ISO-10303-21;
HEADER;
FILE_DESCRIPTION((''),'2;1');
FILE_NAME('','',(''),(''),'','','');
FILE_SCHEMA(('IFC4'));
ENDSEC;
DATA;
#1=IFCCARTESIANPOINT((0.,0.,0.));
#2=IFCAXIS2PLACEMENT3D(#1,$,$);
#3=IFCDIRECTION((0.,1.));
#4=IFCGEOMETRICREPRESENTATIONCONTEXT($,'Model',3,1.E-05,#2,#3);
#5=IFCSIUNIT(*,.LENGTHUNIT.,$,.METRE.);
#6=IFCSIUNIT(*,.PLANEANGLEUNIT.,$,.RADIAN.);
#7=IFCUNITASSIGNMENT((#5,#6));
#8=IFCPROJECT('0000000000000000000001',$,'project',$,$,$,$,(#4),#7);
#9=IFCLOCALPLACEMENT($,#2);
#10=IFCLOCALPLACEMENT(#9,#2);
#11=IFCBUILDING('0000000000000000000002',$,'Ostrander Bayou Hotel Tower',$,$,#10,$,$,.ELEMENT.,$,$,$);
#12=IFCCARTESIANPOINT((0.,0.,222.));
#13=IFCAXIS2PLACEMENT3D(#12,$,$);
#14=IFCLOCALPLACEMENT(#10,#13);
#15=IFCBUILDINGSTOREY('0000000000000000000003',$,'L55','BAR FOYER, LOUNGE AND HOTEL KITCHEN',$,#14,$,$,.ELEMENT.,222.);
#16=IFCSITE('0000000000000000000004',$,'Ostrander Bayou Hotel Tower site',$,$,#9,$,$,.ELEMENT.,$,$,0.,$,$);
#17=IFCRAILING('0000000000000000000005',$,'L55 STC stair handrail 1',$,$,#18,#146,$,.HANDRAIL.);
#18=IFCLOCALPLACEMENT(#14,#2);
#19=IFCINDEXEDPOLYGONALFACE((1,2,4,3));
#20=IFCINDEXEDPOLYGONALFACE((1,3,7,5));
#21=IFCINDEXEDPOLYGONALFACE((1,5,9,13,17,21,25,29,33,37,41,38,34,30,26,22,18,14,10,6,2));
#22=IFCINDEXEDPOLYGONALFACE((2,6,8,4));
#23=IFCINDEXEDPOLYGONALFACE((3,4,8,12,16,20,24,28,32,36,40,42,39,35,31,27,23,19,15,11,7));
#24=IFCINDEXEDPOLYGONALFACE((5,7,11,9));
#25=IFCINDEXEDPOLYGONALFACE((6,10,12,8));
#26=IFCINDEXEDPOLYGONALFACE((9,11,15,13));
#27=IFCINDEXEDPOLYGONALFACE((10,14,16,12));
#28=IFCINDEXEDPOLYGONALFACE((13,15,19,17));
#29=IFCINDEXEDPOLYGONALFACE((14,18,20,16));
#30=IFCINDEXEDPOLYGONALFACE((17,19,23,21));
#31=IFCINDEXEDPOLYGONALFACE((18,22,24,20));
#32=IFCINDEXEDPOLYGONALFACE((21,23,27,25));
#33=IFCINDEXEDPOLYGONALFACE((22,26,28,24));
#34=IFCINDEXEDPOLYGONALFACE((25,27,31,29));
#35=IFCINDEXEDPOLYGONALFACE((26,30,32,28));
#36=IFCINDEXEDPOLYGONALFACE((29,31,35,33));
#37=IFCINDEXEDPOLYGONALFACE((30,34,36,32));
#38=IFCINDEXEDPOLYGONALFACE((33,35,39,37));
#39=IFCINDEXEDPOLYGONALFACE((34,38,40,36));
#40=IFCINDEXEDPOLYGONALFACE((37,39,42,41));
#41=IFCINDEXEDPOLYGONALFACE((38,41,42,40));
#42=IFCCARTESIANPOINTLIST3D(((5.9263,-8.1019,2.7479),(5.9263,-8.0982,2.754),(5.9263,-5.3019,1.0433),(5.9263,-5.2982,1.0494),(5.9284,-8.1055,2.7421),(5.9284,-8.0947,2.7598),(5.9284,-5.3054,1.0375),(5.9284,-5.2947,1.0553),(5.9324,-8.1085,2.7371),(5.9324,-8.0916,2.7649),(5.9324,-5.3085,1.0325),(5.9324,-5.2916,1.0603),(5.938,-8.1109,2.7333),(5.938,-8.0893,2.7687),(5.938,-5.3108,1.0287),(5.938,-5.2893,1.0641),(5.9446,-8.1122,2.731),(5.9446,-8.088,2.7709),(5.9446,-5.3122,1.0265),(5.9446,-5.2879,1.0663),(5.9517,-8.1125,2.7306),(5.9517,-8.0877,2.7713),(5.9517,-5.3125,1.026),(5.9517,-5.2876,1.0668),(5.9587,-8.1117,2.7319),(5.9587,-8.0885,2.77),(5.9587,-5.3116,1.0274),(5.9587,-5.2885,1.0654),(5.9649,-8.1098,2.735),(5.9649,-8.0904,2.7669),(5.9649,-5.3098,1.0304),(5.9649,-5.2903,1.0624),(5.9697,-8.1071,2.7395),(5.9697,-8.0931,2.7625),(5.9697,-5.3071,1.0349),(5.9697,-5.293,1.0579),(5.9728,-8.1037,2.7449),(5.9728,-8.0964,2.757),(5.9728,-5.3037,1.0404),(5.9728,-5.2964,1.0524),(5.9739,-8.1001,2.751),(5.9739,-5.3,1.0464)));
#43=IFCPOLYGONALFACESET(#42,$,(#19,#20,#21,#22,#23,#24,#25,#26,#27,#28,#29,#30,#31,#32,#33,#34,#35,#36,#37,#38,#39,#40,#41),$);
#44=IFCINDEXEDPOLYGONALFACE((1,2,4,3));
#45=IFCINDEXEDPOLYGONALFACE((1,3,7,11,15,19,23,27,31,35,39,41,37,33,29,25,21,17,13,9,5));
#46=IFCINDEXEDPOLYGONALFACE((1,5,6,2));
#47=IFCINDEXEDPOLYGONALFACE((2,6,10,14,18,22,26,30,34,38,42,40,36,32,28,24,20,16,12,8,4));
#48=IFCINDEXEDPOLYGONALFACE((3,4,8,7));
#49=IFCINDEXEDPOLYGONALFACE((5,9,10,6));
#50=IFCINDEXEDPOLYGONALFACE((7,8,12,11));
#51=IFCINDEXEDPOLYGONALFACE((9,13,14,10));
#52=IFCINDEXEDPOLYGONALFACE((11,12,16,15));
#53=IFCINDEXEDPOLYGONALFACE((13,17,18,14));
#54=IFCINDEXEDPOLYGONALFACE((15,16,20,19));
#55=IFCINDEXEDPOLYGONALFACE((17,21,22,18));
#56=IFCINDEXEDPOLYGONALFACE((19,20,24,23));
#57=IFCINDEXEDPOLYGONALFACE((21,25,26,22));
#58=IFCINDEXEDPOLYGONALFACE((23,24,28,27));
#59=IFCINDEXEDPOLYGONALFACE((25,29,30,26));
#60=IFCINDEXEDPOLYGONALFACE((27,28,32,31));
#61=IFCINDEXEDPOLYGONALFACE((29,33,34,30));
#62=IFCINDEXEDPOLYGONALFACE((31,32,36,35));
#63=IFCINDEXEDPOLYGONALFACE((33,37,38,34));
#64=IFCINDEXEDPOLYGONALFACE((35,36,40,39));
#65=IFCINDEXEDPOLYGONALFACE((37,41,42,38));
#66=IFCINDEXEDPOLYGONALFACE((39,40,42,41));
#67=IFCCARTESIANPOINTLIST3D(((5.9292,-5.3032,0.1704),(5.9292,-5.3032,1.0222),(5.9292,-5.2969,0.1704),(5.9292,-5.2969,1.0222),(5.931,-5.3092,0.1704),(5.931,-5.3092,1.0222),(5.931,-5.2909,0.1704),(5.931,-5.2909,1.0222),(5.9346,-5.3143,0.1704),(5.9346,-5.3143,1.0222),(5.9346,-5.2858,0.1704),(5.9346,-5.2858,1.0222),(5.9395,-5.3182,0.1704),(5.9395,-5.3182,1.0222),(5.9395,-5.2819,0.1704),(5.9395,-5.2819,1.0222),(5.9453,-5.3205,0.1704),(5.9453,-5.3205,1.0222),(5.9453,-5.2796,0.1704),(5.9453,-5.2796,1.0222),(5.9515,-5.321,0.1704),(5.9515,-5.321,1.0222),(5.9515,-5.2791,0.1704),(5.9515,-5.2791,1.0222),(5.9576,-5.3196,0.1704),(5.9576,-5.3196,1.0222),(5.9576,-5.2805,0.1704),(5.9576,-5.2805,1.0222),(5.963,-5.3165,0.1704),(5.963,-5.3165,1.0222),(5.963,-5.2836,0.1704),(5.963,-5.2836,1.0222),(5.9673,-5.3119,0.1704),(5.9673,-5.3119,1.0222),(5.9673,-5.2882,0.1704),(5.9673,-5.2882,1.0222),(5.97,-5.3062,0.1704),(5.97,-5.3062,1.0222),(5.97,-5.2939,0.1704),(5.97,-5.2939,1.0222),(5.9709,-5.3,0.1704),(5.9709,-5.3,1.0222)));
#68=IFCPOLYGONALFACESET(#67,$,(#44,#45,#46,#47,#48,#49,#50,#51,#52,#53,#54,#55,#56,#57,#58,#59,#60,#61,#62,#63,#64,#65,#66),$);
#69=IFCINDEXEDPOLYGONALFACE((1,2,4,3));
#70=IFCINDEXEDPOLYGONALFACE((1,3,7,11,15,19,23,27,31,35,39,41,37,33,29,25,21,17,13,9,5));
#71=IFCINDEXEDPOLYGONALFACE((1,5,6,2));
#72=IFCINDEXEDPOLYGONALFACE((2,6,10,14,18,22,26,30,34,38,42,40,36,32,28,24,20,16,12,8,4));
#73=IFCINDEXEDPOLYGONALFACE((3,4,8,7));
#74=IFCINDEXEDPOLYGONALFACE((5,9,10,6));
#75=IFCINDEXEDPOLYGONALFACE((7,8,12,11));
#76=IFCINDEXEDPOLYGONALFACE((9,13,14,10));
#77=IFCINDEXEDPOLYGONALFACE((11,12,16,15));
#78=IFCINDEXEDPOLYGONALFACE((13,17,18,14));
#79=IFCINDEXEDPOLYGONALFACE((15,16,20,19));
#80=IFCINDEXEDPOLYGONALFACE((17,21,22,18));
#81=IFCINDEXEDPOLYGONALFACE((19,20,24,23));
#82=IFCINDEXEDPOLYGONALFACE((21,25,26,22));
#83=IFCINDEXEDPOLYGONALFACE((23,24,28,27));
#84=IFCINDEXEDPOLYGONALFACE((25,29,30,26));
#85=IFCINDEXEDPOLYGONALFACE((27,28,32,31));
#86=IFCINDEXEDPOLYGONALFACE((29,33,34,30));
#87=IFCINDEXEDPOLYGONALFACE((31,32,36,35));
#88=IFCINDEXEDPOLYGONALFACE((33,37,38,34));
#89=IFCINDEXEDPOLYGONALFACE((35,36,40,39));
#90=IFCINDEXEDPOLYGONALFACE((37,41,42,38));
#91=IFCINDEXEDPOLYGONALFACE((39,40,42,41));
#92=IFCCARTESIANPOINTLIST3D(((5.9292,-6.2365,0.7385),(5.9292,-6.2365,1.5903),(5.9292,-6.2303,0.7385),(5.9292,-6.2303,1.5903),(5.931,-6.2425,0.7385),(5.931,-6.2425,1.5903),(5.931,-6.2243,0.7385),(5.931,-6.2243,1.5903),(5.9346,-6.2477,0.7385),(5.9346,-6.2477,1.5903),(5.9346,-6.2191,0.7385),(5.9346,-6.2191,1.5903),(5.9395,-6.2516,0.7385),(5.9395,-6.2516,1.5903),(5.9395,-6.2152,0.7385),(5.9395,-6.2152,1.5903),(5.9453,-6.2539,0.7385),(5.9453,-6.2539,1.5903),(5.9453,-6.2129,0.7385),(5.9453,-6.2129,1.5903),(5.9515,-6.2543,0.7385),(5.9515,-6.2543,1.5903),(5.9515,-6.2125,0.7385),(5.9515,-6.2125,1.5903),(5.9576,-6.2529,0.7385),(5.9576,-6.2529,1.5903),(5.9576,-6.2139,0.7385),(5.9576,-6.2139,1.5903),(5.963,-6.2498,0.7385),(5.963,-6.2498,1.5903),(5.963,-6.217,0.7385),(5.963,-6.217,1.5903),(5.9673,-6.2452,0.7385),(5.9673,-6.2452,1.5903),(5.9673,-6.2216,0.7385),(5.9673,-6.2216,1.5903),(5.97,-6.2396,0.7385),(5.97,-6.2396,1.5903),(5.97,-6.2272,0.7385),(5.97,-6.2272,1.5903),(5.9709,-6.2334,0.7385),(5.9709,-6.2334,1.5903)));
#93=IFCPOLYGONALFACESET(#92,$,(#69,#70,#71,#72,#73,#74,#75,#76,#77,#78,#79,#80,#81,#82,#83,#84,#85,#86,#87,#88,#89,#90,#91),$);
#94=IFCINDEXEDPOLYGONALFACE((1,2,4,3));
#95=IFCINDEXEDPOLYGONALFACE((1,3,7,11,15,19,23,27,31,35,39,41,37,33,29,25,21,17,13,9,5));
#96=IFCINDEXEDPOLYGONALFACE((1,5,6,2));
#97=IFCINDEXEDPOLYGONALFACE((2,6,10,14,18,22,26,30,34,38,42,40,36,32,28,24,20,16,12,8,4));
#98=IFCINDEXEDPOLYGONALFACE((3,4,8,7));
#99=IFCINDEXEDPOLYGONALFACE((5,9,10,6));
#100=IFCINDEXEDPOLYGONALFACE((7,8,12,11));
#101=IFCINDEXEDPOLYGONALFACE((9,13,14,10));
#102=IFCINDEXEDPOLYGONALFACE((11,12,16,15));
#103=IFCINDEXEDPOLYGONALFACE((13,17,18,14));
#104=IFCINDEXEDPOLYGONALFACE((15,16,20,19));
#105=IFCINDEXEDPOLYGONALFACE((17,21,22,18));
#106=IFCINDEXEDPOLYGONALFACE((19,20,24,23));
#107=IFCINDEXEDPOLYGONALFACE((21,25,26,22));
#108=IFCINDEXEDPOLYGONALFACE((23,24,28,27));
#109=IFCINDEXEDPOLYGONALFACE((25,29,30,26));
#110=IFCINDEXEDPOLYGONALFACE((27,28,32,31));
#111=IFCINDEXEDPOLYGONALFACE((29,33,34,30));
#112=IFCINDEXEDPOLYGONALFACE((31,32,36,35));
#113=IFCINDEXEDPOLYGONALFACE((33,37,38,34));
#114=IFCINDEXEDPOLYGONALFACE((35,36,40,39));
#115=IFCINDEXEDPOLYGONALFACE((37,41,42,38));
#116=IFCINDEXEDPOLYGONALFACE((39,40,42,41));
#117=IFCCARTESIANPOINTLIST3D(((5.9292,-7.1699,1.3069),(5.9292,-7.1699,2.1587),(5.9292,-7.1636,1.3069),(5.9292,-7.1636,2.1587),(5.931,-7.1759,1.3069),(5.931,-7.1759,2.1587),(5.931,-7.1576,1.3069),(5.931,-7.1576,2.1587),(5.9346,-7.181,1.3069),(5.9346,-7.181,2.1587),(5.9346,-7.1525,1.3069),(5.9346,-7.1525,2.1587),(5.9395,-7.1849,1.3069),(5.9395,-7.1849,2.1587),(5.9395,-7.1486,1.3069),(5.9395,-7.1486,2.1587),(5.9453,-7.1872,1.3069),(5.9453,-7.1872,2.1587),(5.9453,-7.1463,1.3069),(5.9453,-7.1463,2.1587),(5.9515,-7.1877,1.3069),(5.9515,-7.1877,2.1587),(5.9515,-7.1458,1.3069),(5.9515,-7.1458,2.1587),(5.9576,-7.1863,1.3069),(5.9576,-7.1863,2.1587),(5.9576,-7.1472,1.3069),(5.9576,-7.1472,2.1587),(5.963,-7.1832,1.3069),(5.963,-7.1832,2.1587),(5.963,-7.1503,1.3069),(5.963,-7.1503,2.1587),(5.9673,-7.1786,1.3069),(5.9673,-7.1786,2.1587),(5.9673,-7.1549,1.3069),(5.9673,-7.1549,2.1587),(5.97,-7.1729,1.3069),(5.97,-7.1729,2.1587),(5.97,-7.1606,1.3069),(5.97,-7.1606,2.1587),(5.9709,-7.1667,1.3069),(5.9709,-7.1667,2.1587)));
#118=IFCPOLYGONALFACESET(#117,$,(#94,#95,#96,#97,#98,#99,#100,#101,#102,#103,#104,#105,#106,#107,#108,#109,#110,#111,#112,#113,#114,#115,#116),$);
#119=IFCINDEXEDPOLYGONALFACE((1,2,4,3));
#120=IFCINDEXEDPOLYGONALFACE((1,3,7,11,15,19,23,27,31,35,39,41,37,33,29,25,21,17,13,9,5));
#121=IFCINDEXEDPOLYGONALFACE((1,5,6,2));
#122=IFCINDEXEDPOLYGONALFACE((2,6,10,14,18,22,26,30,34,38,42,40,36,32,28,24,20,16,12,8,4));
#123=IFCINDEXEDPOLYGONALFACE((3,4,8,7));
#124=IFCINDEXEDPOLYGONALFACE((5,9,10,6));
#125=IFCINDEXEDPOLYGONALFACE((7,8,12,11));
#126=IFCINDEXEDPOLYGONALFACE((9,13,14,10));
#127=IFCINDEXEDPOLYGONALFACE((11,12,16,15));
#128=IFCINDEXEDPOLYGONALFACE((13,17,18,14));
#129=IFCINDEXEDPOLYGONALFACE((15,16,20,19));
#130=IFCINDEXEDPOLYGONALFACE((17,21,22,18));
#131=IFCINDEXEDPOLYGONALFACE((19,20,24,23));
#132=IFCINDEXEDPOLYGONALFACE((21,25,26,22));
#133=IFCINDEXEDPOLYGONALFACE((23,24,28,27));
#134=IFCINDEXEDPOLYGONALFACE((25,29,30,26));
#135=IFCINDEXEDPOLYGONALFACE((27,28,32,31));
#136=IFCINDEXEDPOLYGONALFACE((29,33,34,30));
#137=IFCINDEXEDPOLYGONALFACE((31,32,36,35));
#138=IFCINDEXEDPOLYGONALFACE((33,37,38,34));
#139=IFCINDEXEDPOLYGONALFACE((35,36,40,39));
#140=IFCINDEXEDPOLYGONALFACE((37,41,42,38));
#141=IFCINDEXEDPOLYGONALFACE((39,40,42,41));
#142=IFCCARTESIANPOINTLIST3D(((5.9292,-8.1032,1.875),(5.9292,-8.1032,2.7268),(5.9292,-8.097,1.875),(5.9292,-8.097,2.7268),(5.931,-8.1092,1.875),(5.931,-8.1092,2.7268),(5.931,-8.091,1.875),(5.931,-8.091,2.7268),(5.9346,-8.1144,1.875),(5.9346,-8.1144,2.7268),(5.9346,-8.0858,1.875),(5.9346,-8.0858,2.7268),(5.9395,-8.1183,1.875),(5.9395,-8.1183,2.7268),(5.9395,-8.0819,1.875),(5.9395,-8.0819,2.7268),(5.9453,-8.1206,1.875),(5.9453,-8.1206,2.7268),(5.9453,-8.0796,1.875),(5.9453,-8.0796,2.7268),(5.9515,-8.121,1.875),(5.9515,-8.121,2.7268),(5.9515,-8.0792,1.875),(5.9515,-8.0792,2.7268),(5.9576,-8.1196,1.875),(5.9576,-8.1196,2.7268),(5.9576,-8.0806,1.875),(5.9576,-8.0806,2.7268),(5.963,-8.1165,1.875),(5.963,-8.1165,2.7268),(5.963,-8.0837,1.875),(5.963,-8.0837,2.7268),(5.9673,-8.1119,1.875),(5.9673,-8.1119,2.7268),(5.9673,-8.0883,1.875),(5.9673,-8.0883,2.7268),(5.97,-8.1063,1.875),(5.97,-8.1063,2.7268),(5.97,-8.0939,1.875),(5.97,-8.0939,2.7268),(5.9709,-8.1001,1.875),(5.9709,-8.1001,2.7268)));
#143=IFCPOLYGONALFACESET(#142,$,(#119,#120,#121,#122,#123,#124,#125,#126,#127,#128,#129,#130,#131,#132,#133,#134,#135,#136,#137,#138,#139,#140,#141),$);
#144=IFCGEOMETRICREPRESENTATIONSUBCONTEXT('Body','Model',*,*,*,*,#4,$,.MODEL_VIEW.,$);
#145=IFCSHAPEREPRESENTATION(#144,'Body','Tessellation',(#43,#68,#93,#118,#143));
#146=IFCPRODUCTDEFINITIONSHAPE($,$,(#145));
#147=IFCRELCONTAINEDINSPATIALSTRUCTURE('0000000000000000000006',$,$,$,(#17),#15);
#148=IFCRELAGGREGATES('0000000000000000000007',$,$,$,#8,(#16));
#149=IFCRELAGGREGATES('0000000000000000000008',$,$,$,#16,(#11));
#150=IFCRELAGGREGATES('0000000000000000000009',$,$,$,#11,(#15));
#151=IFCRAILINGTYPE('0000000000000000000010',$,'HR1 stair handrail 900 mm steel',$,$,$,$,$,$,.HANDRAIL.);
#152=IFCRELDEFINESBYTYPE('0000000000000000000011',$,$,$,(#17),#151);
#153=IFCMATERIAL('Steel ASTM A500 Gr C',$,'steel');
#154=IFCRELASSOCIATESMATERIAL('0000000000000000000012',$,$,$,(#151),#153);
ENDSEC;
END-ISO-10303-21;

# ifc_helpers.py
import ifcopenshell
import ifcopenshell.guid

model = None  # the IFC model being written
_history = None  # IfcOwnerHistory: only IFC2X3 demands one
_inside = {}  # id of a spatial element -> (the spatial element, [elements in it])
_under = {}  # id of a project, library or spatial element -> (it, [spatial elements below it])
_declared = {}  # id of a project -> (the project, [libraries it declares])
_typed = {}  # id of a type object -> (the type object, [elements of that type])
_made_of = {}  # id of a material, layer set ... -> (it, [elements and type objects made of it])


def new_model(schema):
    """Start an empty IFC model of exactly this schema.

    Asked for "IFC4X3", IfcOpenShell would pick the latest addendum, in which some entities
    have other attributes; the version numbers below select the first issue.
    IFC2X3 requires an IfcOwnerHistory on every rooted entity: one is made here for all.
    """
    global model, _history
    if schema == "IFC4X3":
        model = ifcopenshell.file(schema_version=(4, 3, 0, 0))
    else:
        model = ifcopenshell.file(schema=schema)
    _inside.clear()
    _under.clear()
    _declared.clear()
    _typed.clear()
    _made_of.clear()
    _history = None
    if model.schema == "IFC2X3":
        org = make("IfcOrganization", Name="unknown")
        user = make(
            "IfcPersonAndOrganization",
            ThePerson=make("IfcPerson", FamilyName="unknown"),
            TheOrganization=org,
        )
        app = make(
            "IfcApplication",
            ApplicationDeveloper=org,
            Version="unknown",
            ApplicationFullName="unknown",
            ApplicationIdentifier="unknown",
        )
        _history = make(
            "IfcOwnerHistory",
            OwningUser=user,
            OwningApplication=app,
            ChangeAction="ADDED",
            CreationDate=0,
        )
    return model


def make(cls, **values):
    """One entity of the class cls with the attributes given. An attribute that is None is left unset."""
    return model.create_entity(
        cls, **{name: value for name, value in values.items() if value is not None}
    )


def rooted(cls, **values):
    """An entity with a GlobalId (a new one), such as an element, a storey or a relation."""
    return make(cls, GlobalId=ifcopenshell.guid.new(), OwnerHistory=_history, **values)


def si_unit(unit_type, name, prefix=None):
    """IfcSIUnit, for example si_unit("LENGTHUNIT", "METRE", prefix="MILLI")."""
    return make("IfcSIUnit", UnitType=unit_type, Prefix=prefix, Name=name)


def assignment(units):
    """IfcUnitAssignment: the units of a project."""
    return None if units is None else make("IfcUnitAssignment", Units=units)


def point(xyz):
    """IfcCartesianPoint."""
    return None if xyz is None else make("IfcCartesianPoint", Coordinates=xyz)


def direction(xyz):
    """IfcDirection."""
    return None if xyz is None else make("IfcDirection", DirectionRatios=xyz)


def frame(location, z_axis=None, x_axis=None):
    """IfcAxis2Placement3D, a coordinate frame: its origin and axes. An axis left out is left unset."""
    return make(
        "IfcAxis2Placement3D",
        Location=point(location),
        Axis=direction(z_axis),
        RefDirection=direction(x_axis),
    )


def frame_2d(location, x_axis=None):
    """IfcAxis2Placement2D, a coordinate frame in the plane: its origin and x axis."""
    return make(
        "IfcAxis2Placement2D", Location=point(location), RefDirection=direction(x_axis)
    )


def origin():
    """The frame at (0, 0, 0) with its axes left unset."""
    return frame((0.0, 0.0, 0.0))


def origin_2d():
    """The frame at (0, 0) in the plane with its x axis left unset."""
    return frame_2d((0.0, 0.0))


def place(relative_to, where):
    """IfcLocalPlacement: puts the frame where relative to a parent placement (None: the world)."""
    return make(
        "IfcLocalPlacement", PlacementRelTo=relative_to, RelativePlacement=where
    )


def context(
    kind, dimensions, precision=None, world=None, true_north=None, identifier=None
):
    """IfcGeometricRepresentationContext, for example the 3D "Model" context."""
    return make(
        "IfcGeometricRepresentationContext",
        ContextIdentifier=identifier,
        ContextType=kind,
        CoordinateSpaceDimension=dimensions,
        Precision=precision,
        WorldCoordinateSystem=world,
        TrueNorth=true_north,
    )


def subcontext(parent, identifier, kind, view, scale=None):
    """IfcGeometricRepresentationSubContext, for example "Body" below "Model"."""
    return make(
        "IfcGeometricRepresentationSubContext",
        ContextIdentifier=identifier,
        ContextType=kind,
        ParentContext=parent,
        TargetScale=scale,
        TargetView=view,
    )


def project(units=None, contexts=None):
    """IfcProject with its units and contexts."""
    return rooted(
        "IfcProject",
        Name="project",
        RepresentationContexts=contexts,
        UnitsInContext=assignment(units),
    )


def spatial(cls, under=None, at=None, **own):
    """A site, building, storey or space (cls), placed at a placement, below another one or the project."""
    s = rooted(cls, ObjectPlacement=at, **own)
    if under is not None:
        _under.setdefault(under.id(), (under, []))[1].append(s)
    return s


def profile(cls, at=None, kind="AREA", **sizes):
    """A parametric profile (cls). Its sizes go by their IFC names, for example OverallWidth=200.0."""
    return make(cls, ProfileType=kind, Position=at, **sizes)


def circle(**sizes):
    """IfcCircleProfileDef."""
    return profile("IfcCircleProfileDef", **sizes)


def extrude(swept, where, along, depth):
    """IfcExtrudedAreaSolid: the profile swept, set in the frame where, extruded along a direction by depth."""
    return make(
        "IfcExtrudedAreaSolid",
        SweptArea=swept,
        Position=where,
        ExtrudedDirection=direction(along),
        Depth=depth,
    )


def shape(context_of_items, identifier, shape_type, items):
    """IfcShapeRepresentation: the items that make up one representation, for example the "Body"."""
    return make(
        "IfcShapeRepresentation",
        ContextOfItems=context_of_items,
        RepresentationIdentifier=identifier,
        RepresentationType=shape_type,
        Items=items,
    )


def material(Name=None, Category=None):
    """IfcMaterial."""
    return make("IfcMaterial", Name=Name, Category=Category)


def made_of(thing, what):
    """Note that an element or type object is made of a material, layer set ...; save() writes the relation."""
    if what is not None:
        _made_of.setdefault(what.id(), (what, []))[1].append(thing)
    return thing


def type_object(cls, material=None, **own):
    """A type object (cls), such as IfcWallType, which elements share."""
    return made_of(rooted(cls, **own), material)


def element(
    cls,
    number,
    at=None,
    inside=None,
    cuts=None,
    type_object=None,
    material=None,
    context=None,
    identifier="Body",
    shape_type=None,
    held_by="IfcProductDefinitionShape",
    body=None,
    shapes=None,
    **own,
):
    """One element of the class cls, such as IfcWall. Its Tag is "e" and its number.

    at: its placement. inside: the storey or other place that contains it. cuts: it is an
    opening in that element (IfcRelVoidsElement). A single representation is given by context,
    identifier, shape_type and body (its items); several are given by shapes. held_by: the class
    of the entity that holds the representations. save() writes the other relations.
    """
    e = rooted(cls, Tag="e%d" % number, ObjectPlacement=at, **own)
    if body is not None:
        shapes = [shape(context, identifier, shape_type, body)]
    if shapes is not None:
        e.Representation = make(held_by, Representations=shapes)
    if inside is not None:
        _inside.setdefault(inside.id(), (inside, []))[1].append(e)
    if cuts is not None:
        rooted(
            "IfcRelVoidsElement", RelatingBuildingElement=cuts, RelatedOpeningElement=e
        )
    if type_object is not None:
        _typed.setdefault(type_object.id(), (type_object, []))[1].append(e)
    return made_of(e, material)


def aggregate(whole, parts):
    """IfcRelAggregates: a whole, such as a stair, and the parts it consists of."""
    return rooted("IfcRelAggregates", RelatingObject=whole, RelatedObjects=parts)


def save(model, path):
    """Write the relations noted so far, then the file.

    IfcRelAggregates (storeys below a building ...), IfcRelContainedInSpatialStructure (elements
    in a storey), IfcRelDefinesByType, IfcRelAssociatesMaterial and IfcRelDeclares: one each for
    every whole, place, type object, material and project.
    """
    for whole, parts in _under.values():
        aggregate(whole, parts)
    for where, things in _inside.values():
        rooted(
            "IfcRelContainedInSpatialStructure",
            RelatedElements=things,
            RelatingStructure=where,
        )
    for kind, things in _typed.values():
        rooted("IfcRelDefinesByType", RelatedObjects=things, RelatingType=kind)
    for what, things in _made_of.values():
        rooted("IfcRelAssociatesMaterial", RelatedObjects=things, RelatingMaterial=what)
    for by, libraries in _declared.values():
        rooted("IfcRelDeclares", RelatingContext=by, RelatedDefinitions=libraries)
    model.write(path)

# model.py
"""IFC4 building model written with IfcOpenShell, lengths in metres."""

from ifc_helpers import new_model, si_unit, direction, frame, origin, origin_2d, place, context, subcontext, project, spatial, circle, extrude, material, type_object, element, save


model = new_model("IFC4")

# Units and contexts
model_context = context("Model", 3, precision=1e-05, world=origin(), true_north=direction((0.0, 1.0)))
body_context = subcontext(model_context, "Body", "Model", "MODEL_VIEW")
ifc_project = project(units=[si_unit("LENGTHUNIT", "METRE"), si_unit("PLANEANGLEUNIT", "RADIAN")], contexts=[model_context])

# Site, building, storey
site_placement = place(None, origin())
site = spatial("IfcSite", under=ifc_project, at=site_placement, Name="Ostrander Bayou Hotel Tower site", CompositionType="ELEMENT", RefElevation=0.0)
building_placement = place(site_placement, origin())
building = spatial("IfcBuilding", under=site, at=building_placement, Name="Ostrander Bayou Hotel Tower", CompositionType="ELEMENT")
storey_placement = place(building_placement, frame((0.0, 0.0, 222.0)))
storey = spatial("IfcBuildingStorey", under=building, at=storey_placement, Name="L55", Description="BAR FOYER, LOUNGE AND HOTEL KITCHEN", CompositionType="ELEMENT", Elevation=222.0)

# Railing
ifc_material_1 = material(Name="Steel ASTM A500 Gr C", Category="steel")
railing_type_1 = type_object("IfcRailingType", Name="HR1 stair handrail 900 mm steel", PredefinedType="HANDRAIL", material=ifc_material_1)
railing_1_placement = place(storey_placement, frame((5.95, -5.3, 0.1704)))
element("IfcRailing", 1, at=railing_1_placement, inside=storey, type_object=railing_type_1, Name="L55 STC stair handrail 1", PredefinedType="HANDRAIL", context=body_context, shape_type="SweptSolid", body=[
    extrude(circle(Radius=0.0239, at=origin_2d()), frame((0.0, 0.0, 0.876), z_axis=(0.0, -0.85417, 0.519994), x_axis=(1.0, 0.0, 0.0)), (0.0, 0.0, 1.0), 3.2781),
    extrude(circle(Radius=0.021, at=origin_2d()), origin(), (0.0, 0.0, 1.0), 0.8518),
    extrude(circle(Radius=0.021, at=origin_2d()), frame((0.0, -0.9333, 0.5681)), (0.0, 0.0, 1.0), 0.8518),
    extrude(circle(Radius=0.021, at=origin_2d()), frame((0.0, -1.8667, 1.1365)), (0.0, 0.0, 1.0), 0.8518),
    extrude(circle(Radius=0.021, at=origin_2d()), frame((0.0, -2.8, 1.7046)), (0.0, 0.0, 1.0), 0.8518),
])

save(model, "model.ifc")
